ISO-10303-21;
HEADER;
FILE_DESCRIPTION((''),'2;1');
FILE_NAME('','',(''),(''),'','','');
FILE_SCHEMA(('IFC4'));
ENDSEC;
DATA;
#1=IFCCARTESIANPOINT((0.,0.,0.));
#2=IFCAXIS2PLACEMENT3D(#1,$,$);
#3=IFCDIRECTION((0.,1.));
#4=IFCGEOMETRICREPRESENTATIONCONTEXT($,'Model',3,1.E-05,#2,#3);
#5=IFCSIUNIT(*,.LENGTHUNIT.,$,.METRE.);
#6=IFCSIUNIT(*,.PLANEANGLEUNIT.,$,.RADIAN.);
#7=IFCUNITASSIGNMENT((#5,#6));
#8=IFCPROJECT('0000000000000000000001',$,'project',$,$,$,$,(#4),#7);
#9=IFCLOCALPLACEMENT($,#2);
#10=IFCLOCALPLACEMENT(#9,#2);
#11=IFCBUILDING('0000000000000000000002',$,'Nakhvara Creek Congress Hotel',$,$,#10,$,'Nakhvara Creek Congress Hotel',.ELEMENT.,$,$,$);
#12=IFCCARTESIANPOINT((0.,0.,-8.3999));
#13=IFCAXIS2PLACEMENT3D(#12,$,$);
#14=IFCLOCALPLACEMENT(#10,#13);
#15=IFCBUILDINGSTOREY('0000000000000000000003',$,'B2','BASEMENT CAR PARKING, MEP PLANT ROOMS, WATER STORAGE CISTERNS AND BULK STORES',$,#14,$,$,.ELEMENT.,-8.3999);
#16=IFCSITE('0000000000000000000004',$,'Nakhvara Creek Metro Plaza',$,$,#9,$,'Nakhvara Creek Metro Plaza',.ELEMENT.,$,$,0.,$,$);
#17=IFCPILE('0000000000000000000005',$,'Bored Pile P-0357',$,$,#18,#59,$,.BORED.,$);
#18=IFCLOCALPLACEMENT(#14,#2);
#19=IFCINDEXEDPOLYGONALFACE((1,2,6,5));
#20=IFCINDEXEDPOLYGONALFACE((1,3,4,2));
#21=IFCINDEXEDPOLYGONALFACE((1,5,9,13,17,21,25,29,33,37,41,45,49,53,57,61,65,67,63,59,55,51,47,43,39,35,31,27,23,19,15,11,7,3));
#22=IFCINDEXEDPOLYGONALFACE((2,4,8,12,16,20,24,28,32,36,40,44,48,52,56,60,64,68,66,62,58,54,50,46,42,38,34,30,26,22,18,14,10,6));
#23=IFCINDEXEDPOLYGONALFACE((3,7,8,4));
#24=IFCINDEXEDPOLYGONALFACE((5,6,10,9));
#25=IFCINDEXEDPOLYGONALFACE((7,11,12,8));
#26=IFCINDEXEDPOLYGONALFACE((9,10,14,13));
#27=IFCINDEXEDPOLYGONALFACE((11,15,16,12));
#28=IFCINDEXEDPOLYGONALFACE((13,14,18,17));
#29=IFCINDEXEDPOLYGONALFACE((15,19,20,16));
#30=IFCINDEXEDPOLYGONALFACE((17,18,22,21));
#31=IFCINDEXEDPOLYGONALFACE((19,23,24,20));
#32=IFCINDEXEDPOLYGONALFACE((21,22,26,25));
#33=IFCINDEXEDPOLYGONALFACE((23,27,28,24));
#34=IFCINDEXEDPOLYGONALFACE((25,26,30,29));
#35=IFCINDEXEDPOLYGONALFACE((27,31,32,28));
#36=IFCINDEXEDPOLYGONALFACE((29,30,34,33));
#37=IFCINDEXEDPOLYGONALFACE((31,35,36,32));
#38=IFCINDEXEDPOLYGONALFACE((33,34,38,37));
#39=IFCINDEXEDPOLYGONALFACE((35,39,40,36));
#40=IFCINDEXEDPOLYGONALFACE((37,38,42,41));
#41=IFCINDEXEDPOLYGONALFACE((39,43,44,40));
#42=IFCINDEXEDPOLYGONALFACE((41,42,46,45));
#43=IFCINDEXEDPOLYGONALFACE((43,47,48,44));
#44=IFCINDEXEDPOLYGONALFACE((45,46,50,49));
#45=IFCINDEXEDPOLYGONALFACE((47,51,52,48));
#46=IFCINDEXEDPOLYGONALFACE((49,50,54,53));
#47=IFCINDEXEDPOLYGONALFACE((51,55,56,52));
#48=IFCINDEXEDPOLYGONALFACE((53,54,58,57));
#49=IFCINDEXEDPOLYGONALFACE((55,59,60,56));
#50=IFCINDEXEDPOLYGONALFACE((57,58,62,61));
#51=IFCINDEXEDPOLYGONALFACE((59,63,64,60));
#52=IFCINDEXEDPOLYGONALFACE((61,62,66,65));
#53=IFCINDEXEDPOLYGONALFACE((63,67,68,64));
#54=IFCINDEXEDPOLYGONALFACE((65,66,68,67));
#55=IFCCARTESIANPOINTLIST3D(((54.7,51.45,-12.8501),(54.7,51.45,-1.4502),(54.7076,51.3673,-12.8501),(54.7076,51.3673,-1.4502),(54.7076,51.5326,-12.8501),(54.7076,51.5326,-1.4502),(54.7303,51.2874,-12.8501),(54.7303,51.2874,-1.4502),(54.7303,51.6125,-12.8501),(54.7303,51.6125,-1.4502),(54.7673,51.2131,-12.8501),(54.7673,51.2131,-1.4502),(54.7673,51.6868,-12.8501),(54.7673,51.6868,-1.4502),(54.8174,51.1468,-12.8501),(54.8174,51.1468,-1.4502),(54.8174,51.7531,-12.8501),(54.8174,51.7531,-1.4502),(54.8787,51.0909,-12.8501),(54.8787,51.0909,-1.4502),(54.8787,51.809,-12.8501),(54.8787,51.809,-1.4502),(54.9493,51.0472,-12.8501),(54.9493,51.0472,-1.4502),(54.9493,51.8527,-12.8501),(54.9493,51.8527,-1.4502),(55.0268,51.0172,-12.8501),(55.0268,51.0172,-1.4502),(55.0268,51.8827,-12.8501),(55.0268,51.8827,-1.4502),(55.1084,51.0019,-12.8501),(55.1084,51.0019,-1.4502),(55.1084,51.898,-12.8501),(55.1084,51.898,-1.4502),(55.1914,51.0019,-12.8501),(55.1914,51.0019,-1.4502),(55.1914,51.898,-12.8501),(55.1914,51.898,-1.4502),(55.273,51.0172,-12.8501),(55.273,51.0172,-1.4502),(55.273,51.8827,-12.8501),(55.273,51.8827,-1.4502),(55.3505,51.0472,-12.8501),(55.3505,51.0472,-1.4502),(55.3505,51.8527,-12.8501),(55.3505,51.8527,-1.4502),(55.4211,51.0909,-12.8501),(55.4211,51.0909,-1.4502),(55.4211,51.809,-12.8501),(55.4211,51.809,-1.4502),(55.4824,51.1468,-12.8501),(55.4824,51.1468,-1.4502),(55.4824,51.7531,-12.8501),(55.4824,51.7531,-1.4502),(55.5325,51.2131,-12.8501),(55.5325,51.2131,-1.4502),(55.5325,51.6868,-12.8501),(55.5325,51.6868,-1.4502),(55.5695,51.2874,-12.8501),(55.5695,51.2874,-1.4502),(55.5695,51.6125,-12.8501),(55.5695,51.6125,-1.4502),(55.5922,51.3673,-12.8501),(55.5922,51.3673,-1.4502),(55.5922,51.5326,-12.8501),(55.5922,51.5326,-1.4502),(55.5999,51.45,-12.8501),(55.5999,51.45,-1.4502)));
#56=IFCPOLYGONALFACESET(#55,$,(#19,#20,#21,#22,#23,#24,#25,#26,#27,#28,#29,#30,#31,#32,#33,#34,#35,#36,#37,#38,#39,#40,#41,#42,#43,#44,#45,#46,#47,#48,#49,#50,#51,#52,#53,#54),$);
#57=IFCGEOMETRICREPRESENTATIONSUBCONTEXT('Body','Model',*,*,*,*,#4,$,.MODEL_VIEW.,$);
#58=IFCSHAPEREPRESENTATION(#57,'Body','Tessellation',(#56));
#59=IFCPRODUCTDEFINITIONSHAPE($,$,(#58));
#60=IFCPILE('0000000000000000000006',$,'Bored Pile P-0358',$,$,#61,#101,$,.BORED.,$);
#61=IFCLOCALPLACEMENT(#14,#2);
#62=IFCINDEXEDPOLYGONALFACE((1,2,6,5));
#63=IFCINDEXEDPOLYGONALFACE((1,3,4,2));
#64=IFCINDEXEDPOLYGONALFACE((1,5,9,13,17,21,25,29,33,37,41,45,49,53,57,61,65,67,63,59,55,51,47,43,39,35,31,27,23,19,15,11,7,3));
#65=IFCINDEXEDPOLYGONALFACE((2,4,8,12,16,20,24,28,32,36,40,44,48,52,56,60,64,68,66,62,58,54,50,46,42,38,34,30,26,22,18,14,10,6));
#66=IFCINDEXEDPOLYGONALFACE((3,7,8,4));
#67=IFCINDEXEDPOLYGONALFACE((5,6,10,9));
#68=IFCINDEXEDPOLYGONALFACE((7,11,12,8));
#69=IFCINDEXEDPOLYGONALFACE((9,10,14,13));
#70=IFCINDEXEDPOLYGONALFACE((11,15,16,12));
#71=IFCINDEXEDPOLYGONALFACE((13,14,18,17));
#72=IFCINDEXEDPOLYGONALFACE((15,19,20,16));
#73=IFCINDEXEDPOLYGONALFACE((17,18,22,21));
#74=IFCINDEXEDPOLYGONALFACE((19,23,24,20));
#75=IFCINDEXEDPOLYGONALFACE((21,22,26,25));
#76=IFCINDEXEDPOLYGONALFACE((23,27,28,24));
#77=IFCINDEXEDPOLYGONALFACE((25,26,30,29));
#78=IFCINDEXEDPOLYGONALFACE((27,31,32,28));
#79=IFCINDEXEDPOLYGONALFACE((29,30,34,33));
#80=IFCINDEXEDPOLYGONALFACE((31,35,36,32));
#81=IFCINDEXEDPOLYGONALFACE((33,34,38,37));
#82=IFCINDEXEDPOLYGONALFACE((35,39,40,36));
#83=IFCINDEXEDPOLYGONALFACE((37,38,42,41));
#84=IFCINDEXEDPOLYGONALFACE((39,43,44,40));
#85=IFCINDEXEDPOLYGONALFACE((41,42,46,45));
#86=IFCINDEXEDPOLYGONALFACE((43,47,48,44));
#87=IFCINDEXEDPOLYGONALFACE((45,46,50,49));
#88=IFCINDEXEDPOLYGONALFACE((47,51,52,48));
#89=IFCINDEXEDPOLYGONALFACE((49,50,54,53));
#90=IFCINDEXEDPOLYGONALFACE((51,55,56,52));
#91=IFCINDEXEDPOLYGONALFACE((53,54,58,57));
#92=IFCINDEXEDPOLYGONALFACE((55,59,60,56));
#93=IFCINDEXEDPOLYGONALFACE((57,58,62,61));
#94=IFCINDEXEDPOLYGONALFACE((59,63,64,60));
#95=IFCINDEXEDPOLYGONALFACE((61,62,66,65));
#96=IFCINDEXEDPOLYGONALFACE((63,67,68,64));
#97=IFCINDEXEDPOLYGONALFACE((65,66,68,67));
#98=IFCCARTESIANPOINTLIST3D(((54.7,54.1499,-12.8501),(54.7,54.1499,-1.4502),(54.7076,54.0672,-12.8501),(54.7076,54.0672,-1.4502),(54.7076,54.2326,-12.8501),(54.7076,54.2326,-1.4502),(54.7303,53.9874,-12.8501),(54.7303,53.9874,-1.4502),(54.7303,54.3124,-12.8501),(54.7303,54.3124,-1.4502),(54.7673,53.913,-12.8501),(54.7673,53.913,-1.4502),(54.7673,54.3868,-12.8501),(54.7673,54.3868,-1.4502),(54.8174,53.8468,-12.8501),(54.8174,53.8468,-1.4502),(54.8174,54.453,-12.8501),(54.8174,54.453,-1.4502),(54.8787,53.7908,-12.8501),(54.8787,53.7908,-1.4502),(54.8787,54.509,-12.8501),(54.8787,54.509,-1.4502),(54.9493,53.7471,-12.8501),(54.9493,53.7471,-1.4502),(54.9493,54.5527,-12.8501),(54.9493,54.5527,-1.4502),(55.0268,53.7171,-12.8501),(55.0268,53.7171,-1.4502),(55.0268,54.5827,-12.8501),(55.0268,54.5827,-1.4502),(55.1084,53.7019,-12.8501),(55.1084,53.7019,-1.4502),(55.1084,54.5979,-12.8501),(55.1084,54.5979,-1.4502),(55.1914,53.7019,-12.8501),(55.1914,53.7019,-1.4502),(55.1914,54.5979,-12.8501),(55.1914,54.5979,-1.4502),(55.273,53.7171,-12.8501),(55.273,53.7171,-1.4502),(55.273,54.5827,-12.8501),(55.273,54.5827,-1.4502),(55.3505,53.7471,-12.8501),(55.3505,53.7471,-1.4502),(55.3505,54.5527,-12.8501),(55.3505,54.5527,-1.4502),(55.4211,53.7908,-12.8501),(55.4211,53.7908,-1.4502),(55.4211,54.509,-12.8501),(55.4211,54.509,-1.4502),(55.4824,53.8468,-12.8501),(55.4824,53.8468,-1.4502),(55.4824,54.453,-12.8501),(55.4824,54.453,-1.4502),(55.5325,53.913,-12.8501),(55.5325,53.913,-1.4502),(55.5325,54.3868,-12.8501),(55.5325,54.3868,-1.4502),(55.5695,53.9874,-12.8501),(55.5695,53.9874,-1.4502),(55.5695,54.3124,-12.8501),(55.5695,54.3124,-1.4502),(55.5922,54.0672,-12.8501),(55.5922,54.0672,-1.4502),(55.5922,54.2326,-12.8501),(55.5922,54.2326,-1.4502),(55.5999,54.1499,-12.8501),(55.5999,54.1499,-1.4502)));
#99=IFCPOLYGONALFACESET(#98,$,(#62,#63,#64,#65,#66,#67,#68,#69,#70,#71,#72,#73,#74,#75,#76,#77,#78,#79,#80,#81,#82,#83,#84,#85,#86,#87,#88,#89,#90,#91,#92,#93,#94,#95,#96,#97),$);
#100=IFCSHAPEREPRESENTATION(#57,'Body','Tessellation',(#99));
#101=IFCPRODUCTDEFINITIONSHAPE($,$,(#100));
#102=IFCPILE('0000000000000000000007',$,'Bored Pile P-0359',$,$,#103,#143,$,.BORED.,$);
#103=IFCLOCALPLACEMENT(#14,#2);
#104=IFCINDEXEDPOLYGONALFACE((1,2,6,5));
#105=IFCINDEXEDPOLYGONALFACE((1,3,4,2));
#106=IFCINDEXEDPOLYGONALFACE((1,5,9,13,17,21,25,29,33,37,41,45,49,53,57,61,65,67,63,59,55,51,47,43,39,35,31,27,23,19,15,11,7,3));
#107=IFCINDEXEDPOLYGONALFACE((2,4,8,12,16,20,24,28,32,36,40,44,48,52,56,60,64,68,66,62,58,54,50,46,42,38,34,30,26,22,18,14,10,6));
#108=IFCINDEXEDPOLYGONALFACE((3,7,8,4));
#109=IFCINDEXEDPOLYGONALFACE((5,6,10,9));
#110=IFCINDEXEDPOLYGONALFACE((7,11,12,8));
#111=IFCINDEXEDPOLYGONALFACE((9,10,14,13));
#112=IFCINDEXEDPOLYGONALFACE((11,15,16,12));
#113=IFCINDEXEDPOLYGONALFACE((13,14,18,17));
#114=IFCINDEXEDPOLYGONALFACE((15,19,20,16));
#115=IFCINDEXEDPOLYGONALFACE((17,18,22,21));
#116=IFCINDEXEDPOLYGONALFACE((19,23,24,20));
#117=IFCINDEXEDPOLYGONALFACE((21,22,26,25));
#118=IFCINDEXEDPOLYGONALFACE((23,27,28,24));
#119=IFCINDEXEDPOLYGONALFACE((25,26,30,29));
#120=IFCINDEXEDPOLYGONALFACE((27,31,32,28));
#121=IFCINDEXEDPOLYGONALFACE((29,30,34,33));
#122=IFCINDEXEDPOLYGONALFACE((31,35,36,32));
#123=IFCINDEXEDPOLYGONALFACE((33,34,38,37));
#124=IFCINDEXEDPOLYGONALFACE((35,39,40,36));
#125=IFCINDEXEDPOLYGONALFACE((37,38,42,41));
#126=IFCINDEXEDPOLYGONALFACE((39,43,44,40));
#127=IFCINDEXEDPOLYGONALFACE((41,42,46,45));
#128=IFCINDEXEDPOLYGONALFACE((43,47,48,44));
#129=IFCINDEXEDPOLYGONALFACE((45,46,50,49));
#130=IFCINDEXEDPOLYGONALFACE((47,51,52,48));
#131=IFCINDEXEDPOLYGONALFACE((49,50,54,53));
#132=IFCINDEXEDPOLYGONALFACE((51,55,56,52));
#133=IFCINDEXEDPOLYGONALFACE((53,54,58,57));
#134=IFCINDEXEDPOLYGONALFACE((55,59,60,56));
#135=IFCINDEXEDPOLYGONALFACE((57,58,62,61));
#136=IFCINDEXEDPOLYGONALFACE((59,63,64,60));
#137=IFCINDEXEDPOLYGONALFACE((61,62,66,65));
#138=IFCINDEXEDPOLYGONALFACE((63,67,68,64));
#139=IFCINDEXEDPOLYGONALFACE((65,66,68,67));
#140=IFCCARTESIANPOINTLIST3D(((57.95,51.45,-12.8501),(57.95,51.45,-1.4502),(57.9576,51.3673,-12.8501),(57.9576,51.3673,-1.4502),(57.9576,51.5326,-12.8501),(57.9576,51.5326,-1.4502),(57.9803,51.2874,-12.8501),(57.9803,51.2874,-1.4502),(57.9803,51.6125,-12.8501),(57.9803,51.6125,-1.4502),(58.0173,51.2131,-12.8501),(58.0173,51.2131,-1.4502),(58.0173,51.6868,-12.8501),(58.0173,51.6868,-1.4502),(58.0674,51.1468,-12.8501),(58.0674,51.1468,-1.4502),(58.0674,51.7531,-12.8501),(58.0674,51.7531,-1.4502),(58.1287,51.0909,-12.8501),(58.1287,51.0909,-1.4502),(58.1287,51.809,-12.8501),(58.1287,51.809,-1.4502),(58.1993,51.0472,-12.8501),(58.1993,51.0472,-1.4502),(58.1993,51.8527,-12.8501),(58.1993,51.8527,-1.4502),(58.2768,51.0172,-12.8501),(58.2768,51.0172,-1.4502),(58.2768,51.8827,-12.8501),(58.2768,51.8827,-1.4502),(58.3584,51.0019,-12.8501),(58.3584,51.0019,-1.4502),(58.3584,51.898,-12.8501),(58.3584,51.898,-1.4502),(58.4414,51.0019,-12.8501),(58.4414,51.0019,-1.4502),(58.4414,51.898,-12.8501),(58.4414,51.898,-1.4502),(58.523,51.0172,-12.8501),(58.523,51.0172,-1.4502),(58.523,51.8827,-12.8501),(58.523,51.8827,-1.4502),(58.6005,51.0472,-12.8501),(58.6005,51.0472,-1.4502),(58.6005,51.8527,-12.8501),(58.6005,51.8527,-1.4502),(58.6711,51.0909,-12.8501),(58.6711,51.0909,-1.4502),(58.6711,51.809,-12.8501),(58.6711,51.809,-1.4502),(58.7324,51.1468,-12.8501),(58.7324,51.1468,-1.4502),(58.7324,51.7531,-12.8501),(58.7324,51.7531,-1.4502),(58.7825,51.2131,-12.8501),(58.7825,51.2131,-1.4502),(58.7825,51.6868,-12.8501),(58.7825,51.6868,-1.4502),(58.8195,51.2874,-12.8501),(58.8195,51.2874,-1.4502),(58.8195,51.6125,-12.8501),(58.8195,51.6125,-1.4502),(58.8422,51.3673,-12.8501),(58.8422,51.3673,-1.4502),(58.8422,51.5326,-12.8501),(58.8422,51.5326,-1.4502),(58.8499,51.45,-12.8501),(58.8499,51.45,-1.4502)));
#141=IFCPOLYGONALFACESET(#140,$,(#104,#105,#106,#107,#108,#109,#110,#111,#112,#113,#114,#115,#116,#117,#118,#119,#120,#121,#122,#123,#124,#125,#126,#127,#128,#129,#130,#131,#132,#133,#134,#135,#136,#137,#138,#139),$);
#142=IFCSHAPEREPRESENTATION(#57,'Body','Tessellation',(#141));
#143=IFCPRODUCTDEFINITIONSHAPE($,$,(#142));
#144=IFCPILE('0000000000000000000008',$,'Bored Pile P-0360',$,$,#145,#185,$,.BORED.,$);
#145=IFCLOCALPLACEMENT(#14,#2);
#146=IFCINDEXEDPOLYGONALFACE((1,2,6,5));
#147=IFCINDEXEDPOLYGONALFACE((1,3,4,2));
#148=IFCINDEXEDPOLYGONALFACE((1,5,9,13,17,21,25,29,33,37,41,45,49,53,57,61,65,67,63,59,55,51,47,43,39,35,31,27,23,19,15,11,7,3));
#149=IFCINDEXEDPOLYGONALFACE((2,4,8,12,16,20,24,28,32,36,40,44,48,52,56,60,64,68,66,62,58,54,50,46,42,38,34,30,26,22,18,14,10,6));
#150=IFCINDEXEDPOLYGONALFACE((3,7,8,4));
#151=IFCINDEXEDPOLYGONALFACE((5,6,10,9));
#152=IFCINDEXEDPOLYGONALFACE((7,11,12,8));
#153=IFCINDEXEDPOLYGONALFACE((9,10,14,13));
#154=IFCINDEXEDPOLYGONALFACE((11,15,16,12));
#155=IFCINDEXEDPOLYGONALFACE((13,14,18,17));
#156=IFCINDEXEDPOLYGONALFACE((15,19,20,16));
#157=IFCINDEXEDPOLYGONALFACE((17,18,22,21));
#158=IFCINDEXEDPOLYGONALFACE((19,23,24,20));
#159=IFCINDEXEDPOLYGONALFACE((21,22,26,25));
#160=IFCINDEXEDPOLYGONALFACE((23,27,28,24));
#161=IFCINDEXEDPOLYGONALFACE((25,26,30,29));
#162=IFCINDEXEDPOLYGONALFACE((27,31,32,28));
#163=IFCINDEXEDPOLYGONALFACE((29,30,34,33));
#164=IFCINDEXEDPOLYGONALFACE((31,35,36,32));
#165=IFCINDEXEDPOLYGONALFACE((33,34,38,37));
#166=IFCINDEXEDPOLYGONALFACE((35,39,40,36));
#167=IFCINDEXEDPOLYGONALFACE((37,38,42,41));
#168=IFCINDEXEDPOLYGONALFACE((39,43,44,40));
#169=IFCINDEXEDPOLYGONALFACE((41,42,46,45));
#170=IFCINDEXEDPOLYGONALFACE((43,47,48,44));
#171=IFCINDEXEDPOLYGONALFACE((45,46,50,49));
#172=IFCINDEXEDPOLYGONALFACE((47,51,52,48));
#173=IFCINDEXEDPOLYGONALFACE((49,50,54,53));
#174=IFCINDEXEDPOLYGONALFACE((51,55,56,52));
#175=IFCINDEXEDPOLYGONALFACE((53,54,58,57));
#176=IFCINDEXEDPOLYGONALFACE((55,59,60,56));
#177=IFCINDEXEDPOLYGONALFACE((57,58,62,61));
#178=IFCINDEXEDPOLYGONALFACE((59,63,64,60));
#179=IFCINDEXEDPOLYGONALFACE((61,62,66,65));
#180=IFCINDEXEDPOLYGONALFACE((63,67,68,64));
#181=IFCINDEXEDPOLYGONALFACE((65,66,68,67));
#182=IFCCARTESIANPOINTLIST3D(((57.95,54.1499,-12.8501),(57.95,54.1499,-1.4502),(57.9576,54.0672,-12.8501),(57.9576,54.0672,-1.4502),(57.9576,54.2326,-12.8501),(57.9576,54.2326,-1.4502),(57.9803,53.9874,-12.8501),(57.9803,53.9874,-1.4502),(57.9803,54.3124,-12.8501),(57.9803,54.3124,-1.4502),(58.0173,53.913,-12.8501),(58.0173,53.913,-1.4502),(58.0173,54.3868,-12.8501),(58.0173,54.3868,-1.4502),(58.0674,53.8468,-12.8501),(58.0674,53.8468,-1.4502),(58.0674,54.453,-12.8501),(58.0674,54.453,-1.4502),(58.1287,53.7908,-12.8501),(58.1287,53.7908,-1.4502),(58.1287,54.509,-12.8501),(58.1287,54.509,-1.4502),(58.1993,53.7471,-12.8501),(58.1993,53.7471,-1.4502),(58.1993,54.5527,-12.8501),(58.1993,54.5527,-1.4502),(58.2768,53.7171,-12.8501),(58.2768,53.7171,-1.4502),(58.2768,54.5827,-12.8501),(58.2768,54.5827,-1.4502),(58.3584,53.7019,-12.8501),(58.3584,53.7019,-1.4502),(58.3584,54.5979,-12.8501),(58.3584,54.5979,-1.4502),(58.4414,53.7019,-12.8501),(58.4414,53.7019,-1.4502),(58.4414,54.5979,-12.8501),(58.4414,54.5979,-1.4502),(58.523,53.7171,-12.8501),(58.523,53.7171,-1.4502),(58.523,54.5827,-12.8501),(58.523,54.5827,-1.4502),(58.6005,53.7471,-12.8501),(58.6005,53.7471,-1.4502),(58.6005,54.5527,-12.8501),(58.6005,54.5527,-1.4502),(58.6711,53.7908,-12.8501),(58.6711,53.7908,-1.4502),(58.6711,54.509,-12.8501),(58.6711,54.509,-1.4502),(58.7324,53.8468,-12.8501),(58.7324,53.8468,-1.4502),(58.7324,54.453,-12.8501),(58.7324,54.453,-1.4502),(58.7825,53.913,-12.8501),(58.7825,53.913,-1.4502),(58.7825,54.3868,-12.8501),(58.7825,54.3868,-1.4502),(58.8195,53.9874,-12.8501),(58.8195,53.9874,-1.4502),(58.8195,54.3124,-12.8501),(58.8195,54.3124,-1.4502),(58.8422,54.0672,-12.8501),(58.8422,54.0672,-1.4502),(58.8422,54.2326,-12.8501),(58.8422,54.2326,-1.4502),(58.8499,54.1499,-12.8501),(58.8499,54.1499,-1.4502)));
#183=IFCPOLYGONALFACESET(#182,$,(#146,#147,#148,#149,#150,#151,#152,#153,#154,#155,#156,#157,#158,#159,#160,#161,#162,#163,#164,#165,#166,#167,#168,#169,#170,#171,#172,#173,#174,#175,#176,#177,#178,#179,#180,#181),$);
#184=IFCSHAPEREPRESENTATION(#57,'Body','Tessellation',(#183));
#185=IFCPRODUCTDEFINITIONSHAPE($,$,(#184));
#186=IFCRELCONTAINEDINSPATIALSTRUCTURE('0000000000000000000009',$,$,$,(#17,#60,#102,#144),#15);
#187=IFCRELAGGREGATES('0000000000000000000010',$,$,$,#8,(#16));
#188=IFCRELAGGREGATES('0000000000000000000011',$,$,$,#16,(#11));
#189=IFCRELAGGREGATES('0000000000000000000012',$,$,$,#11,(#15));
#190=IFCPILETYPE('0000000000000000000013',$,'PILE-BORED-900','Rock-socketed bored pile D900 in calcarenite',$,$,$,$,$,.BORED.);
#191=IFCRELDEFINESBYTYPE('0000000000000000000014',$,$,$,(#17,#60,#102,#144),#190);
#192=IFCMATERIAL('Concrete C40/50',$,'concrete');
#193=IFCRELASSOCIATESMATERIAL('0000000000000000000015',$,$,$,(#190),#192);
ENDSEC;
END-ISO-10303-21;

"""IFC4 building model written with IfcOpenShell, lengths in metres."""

from ifc_helpers import new_model, si_unit, direction, frame, origin, origin_2d, place, context, subcontext, project, spatial, circle, extrude, material, material_profile, profile_set, type_object, element, save


model = new_model("IFC4")

# Units and contexts
model_context = context("Model", 3, precision=1e-05, world=origin(), true_north=direction((0.0, 1.0)))
body_context = subcontext(model_context, "Body", "Model", "MODEL_VIEW")
ifc_project = project(units=[si_unit("LENGTHUNIT", "METRE"), si_unit("PLANEANGLEUNIT", "RADIAN")], contexts=[model_context])

# Site, building, storey
site_placement = place(None, origin())
site = spatial("IfcSite", under=ifc_project, at=site_placement, Name="Nakhvara Creek Metro Plaza", LongName="Nakhvara Creek Metro Plaza", CompositionType="ELEMENT", RefElevation=0.0)
building_placement = place(site_placement, origin())
building = spatial("IfcBuilding", under=site, at=building_placement, Name="Nakhvara Creek Congress Hotel", LongName="Nakhvara Creek Congress Hotel", CompositionType="ELEMENT")
storey_placement = place(building_placement, frame((0.0, 0.0, -8.3999)))
storey = spatial("IfcBuildingStorey", under=building, at=storey_placement, Name="B2", Description="BASEMENT CAR PARKING, MEP PLANT ROOMS, WATER STORAGE CISTERNS AND BULK STORES", CompositionType="ELEMENT", Elevation=-8.3999)

# Shared definitions
ifc_material_1 = material(Name="Concrete C40/50", Category="concrete")

# Piles
ifc_material_profile_1 = material_profile(ifc_material_1, circle(Radius=0.45, at=origin_2d()), Name="BORED PILE D900", Category="LoadBearing")
ifc_profile_set_1 = profile_set([ifc_material_profile_1], Name="Concrete C40/50")
pile_type = type_object("IfcPileType", Name="PILE-BORED-900", Description="Rock-socketed bored pile D900 in calcarenite", PredefinedType="BORED", material=ifc_profile_set_1)
for number, where, z_axis, x_axis, name in (
    (1, (55.1499, 51.45, -1.4502), (0.0, 0.0, -1.0), (1.0, 0.0, 0.0), "Bored Pile P-0357"),
    (2, (55.1499, 54.1499, -1.4502), (0.0, 0.0, -1.0), (1.0, 0.0, 0.0), "Bored Pile P-0358"),
    (3, (58.3999, 51.45, -1.4502), (0.0, 0.0, -1.0), (1.0, 0.0, 0.0), "Bored Pile P-0359"),
    (4, (58.3999, 54.1499, -1.4502), (0.0, 0.0, -1.0), (1.0, 0.0, 0.0), "Bored Pile P-0360"),
):
    element("IfcPile", number, at=place(storey_placement, frame(where, z_axis=z_axis, x_axis=x_axis)), inside=storey, type_object=pile_type, Name=name, PredefinedType="BORED", context=body_context, shape_type="SweptSolid", body=[
        extrude(circle(Radius=0.45, at=origin_2d()), origin(), (0.0, 0.0, 1.0), 11.3999),
    ])

save(model, "model.ifc")
